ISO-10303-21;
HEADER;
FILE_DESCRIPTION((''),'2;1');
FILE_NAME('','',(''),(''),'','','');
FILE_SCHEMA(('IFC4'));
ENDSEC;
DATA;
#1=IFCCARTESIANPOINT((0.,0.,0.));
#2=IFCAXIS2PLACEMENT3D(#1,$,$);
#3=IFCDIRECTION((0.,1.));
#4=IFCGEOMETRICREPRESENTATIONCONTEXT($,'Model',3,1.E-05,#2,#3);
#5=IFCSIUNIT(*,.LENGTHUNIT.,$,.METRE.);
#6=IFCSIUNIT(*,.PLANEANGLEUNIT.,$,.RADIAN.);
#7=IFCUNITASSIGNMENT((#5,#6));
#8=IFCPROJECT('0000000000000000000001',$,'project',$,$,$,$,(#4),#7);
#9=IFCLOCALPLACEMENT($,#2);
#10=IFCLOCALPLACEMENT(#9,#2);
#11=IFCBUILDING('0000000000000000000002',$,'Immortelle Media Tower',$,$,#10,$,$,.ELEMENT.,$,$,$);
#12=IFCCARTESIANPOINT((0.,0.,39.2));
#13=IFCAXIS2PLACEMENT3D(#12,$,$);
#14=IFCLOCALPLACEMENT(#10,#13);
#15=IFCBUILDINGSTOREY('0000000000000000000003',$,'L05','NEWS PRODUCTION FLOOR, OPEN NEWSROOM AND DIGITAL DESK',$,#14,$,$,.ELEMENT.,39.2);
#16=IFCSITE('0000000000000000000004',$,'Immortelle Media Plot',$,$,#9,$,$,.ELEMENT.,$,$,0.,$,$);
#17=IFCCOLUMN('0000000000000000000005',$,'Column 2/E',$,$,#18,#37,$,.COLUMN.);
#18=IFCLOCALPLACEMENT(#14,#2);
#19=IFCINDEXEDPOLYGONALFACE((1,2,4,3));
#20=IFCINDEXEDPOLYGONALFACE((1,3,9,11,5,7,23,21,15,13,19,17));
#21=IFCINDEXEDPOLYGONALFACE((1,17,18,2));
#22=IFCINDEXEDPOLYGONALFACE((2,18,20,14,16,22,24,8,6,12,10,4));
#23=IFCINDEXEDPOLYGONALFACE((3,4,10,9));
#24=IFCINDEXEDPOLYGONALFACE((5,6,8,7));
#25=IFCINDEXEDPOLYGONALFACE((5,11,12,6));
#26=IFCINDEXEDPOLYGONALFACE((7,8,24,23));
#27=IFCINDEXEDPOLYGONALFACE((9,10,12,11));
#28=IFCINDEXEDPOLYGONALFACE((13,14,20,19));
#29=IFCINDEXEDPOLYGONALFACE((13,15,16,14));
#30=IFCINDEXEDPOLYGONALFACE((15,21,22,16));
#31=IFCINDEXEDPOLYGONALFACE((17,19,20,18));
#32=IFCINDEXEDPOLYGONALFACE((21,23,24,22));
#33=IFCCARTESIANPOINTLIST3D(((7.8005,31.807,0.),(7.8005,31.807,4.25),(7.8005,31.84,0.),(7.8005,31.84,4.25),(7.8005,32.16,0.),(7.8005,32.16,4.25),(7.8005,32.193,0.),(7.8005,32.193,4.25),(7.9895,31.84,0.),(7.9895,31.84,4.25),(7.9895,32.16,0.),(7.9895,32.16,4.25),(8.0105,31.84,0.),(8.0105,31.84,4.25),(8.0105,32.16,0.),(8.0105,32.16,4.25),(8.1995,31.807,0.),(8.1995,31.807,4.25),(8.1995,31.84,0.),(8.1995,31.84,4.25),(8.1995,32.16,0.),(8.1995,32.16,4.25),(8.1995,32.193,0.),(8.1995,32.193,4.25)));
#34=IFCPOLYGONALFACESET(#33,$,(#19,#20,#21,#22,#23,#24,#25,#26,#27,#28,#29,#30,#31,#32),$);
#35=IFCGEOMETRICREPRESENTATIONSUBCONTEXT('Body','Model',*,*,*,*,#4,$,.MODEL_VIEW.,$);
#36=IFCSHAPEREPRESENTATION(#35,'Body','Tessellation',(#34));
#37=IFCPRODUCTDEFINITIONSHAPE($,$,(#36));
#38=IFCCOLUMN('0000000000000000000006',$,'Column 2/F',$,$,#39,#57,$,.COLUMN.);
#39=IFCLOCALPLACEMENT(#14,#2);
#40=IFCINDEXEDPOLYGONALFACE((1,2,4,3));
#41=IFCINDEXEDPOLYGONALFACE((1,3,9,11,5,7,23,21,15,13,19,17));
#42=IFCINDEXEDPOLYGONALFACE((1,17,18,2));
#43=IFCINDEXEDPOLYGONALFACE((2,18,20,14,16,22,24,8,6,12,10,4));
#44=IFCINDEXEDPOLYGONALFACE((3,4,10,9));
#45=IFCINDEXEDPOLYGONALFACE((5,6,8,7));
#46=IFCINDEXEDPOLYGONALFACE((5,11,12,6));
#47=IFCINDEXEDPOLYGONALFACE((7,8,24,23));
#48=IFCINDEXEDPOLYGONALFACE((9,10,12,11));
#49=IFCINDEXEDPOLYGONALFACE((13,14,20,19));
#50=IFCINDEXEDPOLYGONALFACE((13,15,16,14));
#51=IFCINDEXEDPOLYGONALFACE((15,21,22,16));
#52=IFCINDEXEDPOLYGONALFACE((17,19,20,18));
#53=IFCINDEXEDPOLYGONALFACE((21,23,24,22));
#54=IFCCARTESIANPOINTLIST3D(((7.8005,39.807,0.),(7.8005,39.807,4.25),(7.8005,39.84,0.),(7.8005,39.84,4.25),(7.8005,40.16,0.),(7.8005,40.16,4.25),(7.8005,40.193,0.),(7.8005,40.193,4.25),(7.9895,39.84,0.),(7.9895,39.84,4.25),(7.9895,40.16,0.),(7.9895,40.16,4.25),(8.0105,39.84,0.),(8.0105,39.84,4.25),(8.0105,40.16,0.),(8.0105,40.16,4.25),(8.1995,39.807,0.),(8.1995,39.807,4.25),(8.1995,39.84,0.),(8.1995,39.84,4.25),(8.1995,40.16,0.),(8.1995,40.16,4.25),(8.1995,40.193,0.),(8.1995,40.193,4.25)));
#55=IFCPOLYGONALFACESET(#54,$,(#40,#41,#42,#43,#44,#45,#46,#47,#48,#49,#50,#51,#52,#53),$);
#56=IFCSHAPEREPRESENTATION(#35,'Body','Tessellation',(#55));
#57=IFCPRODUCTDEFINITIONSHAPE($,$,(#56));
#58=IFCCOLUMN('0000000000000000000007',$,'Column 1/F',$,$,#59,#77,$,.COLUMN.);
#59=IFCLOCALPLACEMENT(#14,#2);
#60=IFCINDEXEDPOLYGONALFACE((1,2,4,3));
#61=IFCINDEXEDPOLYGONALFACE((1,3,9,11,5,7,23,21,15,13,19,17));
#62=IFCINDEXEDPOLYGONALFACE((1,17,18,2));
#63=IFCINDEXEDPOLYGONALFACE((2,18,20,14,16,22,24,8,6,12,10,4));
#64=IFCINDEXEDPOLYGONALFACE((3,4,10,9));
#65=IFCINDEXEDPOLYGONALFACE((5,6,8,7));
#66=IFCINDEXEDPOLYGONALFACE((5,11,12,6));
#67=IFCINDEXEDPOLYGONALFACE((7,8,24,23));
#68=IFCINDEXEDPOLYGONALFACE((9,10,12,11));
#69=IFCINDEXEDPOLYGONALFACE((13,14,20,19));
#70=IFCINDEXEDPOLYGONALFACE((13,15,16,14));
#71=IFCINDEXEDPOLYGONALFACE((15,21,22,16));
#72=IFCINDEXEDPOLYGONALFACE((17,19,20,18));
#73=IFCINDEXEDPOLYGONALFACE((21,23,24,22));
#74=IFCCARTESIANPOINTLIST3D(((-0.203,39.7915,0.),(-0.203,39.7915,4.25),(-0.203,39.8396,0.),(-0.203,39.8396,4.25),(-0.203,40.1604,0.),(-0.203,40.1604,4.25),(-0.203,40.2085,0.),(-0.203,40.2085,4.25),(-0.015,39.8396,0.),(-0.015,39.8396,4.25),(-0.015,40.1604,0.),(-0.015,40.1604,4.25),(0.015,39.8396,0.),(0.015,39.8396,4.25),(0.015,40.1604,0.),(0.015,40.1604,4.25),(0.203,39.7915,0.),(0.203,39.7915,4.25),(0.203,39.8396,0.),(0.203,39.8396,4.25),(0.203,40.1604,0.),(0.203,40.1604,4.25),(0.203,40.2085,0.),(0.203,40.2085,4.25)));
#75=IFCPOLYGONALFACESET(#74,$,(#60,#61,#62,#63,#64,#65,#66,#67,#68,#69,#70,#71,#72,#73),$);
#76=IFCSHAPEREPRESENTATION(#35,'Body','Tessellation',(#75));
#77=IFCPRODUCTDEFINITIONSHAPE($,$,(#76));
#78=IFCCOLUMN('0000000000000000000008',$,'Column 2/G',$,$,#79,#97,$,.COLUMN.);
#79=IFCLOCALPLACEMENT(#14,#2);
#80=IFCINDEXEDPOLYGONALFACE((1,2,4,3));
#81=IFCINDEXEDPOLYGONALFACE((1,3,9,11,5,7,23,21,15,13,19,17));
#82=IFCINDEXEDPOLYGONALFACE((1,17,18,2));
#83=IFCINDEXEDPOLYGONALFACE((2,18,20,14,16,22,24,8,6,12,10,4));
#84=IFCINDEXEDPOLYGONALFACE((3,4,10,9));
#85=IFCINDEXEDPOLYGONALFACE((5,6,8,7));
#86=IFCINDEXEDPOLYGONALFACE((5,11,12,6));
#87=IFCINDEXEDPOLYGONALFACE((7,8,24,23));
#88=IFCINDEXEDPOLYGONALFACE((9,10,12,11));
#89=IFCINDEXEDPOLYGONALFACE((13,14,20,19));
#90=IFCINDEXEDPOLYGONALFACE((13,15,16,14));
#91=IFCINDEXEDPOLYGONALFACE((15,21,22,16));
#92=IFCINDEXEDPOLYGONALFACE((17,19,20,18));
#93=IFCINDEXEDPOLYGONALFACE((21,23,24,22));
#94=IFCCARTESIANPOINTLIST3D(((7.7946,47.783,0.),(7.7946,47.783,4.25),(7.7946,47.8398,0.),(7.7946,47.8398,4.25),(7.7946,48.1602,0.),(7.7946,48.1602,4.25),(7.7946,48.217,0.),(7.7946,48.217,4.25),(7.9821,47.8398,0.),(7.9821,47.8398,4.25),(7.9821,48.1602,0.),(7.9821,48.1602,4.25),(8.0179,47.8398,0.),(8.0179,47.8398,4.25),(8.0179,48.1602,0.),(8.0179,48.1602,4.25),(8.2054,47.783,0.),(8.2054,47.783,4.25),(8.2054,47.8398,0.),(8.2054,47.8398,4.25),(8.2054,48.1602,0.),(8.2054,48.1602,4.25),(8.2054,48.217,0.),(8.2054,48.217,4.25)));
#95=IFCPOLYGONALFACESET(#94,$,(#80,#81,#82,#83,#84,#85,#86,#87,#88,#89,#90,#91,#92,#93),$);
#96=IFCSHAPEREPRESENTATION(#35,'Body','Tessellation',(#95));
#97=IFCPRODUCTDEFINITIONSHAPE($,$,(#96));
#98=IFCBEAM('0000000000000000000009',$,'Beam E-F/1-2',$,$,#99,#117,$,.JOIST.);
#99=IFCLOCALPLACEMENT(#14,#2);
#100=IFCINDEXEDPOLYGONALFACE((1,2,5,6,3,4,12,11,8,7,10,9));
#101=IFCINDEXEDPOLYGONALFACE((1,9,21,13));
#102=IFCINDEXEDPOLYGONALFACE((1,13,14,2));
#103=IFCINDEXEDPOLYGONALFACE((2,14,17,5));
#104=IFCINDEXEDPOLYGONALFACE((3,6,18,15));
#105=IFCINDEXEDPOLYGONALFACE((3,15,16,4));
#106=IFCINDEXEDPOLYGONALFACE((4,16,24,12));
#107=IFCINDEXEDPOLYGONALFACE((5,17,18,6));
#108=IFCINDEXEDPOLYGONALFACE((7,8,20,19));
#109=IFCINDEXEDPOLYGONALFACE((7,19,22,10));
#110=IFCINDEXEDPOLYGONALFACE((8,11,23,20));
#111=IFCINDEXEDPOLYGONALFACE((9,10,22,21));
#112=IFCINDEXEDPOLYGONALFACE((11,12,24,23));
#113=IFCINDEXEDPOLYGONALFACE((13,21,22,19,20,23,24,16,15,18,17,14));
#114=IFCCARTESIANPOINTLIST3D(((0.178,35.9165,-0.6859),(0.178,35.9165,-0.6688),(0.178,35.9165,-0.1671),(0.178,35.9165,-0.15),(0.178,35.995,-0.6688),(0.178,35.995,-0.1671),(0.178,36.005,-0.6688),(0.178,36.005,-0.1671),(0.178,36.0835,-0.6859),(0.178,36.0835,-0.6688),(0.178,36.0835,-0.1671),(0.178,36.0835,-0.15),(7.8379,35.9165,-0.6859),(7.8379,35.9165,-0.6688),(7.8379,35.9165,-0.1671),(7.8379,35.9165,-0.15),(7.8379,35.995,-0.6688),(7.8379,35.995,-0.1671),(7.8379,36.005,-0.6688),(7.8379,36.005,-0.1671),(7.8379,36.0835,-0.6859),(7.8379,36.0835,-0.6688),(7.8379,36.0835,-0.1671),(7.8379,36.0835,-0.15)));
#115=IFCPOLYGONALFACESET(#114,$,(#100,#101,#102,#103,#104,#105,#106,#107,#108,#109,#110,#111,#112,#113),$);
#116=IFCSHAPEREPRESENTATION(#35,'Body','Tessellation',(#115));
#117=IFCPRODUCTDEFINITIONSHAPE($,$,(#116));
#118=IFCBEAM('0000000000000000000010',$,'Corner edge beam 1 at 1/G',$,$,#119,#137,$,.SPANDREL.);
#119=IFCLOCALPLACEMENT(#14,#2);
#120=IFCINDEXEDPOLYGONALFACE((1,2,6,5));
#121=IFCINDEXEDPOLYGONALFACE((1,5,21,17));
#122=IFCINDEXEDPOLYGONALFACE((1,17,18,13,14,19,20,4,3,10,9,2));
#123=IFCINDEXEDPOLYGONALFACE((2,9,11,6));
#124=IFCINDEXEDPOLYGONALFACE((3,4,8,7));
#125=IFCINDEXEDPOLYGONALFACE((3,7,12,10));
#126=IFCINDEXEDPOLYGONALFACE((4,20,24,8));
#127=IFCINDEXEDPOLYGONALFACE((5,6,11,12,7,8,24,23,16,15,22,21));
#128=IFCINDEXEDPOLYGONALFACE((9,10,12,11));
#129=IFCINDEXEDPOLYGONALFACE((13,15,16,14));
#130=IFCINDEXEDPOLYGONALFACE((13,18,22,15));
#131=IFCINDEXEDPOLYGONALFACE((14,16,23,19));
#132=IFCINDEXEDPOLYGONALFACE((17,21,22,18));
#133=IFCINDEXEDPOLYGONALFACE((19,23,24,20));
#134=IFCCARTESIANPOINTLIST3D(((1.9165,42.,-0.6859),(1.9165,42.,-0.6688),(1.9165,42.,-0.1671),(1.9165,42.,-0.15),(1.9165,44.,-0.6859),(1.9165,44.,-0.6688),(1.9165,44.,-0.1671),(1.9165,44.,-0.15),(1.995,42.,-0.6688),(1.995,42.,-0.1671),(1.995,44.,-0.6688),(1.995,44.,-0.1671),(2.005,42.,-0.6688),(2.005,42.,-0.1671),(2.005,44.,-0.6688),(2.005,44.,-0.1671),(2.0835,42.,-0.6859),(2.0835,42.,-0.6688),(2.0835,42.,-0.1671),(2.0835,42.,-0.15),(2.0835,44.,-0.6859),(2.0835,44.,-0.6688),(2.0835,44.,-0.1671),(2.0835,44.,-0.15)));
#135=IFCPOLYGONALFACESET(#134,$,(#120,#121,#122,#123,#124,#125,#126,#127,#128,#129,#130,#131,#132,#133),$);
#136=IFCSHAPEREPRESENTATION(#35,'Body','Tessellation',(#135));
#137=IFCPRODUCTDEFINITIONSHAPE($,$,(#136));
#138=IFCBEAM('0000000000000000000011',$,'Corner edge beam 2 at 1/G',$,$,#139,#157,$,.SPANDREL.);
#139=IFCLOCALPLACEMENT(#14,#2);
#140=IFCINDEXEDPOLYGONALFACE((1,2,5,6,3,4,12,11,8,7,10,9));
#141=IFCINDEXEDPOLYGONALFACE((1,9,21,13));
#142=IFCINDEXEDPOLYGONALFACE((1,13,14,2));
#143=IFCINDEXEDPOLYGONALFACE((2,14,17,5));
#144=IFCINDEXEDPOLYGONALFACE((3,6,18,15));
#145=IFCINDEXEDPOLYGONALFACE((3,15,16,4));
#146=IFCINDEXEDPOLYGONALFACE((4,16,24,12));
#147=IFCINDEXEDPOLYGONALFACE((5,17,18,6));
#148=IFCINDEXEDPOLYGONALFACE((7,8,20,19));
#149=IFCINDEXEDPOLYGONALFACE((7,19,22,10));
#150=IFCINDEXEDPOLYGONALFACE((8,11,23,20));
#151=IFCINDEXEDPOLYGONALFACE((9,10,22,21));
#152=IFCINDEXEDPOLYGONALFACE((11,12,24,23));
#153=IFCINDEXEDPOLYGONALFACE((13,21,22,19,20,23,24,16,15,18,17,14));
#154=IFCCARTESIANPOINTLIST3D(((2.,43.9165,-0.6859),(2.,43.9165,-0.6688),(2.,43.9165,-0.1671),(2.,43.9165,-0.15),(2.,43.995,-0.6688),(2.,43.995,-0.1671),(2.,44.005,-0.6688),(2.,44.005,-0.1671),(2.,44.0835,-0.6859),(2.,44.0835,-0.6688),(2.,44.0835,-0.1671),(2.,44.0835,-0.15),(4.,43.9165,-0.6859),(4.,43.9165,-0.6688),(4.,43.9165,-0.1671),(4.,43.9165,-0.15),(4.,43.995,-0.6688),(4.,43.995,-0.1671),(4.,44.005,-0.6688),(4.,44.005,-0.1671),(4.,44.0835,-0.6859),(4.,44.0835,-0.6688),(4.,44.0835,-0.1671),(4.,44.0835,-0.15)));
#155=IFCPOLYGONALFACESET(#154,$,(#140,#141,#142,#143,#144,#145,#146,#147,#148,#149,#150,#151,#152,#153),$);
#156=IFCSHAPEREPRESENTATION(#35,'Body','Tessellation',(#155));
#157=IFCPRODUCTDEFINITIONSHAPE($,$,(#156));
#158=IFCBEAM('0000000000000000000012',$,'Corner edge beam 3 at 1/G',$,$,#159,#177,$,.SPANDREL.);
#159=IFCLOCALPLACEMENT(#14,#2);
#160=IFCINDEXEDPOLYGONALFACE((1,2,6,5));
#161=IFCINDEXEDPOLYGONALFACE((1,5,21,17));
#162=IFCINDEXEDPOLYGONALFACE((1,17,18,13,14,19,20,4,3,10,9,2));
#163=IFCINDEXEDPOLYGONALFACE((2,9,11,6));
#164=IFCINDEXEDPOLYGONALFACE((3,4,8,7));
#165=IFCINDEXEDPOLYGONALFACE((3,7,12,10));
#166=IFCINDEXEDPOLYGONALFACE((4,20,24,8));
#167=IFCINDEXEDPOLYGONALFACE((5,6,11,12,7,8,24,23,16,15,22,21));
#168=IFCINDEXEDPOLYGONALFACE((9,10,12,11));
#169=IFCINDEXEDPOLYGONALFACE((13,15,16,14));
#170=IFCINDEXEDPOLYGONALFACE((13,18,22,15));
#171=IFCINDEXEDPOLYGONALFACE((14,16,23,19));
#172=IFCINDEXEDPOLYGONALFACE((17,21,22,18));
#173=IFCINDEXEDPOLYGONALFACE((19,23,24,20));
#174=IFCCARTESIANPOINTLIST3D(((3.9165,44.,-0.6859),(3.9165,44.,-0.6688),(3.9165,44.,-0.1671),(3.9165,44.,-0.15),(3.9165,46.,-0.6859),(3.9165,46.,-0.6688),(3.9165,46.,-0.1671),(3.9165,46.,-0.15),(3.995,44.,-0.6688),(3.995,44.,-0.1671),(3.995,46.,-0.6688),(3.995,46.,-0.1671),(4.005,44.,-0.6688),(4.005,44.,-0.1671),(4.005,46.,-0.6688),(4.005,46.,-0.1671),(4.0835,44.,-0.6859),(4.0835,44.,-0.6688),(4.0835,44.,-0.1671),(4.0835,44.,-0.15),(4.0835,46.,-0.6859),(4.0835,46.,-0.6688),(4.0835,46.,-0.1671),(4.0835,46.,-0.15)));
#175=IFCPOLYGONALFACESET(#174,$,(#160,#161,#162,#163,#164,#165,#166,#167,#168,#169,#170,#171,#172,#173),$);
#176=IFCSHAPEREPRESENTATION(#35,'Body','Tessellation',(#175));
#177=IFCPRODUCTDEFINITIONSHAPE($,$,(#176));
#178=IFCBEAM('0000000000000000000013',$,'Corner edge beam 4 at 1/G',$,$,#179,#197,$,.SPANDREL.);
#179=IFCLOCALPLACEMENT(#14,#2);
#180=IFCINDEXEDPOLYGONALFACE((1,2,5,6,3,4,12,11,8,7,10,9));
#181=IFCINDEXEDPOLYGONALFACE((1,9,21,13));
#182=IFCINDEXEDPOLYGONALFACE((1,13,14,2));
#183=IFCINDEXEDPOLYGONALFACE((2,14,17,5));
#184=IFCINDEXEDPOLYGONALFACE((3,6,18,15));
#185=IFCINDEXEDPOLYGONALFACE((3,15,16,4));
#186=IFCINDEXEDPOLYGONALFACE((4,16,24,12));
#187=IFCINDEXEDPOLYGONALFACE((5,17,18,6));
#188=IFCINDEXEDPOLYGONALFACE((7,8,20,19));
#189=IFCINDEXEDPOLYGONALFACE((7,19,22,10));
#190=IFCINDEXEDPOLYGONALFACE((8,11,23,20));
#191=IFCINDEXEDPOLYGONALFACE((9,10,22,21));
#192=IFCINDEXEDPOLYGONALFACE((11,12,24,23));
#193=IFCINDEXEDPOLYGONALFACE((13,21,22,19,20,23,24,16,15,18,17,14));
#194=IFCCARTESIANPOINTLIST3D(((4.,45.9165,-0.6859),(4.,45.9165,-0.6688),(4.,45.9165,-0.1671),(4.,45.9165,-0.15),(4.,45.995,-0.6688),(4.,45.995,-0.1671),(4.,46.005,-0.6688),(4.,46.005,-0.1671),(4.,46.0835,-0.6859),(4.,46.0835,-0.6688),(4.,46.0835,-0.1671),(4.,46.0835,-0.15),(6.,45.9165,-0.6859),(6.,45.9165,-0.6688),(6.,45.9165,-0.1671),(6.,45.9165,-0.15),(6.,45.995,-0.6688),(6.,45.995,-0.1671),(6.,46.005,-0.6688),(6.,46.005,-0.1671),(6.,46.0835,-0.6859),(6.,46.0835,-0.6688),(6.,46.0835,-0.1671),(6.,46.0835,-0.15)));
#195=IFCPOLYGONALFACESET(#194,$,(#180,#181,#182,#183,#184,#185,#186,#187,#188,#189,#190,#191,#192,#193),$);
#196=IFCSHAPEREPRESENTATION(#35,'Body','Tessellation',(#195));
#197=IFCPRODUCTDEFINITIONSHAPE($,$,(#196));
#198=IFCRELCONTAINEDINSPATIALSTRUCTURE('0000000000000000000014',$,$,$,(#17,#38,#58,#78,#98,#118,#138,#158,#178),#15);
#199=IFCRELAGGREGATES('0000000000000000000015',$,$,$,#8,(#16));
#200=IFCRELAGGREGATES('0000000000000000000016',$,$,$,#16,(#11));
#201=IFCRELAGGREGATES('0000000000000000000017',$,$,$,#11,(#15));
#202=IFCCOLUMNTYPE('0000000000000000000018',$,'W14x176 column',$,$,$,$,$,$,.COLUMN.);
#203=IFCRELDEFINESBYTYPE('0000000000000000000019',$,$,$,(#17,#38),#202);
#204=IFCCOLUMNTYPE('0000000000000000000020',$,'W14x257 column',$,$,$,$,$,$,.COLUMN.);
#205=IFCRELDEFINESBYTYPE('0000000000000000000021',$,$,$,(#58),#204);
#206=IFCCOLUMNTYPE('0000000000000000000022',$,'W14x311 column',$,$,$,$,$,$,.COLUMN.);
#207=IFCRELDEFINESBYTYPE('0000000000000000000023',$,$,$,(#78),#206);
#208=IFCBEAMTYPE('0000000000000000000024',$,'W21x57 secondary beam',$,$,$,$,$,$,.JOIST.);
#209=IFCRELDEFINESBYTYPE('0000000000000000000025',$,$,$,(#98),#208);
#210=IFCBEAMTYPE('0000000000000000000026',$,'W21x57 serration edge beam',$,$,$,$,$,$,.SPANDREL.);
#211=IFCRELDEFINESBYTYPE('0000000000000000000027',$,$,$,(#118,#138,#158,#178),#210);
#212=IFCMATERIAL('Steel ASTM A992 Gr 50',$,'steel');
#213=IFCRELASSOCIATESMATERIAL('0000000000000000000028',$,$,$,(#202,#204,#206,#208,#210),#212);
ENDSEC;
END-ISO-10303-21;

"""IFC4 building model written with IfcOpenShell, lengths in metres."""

from ifc_helpers import new_model, si_unit, direction, frame, origin, origin_2d, place, context, subcontext, project, spatial, i_section, extrude, material, material_profile, profile_set, type_object, element, save


model = new_model("IFC4")

# Units and contexts
model_context = context("Model", 3, precision=1e-05, world=origin(), true_north=direction((0.0, 1.0)))
body_context = subcontext(model_context, "Body", "Model", "MODEL_VIEW")
ifc_project = project(units=[si_unit("LENGTHUNIT", "METRE"), si_unit("PLANEANGLEUNIT", "RADIAN")], contexts=[model_context])

# Site, building, storey
site_placement = place(None, origin())
site = spatial("IfcSite", under=ifc_project, at=site_placement, Name="Immortelle Media Plot", CompositionType="ELEMENT", RefElevation=0.0)
building_placement = place(site_placement, origin())
building = spatial("IfcBuilding", under=site, at=building_placement, Name="Immortelle Media Tower", CompositionType="ELEMENT")
storey_placement = place(building_placement, frame((0.0, 0.0, 39.2)))
storey = spatial("IfcBuildingStorey", under=building, at=storey_placement, Name="L05", Description="NEWS PRODUCTION FLOOR, OPEN NEWSROOM AND DIGITAL DESK", CompositionType="ELEMENT", Elevation=39.2)

# Columns
ifc_material_1 = material(Name="Steel ASTM A992 Gr 50", Category="steel")
ifc_material_profile_1 = material_profile(ifc_material_1, i_section(OverallWidth=0.3989, OverallDepth=0.386, WebThickness=0.021, FlangeThickness=0.033, at=origin_2d()), Name="W14x176")
ifc_profile_set_1 = profile_set([ifc_material_profile_1], Name="Steel ASTM A992 Gr 50")
column_type_1 = type_object("IfcColumnType", Name="W14x176 column", PredefinedType="COLUMN", material=ifc_profile_set_1)
for number, where, z_axis, x_axis, name in (
    (1, (8.0, 32.0, 0.0), (0.0, 0.0, 1.0), (1.0, 0.0, 0.0), "Column 2/E"),
    (2, (8.0, 40.0, 0.0), (0.0, 0.0, 1.0), (1.0, 0.0, 0.0), "Column 2/F"),
):
    element("IfcColumn", number, at=place(storey_placement, frame(where, z_axis=z_axis, x_axis=x_axis)), inside=storey, type_object=column_type_1, Name=name, PredefinedType="COLUMN", context=body_context, shape_type="SweptSolid", body=[
        extrude(i_section(OverallWidth=0.3989, OverallDepth=0.386, WebThickness=0.021, FlangeThickness=0.033, at=origin_2d()), origin(), (0.0, 0.0, 1.0), 4.25),
    ])
ifc_material_profile_2 = material_profile(ifc_material_1, i_section(OverallWidth=0.406, OverallDepth=0.417, WebThickness=0.03, FlangeThickness=0.0481, at=origin_2d()), Name="W14x257")
ifc_profile_set_2 = profile_set([ifc_material_profile_2], Name="Steel ASTM A992 Gr 50")
column_type_2 = type_object("IfcColumnType", Name="W14x257 column", PredefinedType="COLUMN", material=ifc_profile_set_2)
column_1_placement = place(storey_placement, frame((0.0, 40.0, 0.0), z_axis=(0.0, 0.0, 1.0), x_axis=(1.0, 0.0, 0.0)))
element("IfcColumn", 3, at=column_1_placement, inside=storey, type_object=column_type_2, Name="Column 1/F", PredefinedType="COLUMN", context=body_context, shape_type="SweptSolid", body=[
    extrude(i_section(OverallWidth=0.406, OverallDepth=0.417, WebThickness=0.03, FlangeThickness=0.0481, at=origin_2d()), origin(), (0.0, 0.0, 1.0), 4.25),
])
ifc_material_profile_3 = material_profile(ifc_material_1, i_section(OverallWidth=0.4109, OverallDepth=0.4341, WebThickness=0.0359, FlangeThickness=0.0569, at=origin_2d()), Name="W14x311")
ifc_profile_set_3 = profile_set([ifc_material_profile_3], Name="Steel ASTM A992 Gr 50")
column_type_3 = type_object("IfcColumnType", Name="W14x311 column", PredefinedType="COLUMN", material=ifc_profile_set_3)
column_2_placement = place(storey_placement, frame((8.0, 48.0, 0.0), z_axis=(0.0, 0.0, 1.0), x_axis=(1.0, 0.0, 0.0)))
element("IfcColumn", 4, at=column_2_placement, inside=storey, type_object=column_type_3, Name="Column 2/G", PredefinedType="COLUMN", context=body_context, shape_type="SweptSolid", body=[
    extrude(i_section(OverallWidth=0.4109, OverallDepth=0.4341, WebThickness=0.0359, FlangeThickness=0.0569, at=origin_2d()), origin(), (0.0, 0.0, 1.0), 4.25),
])

# Beams
ifc_material_profile_4 = material_profile(ifc_material_1, i_section(OverallWidth=0.167, OverallDepth=0.5359, WebThickness=0.01, FlangeThickness=0.0171, at=origin_2d()), Name="W21x57")
ifc_profile_set_4 = profile_set([ifc_material_profile_4], Name="Steel ASTM A992 Gr 50")
beam_type_1 = type_object("IfcBeamType", Name="W21x57 secondary beam", PredefinedType="JOIST", material=ifc_profile_set_4)
beam_1_placement = place(storey_placement, frame((0.178, 36.0, -0.418), z_axis=(1.0, 0.0, 0.0), x_axis=(0.0, 1.0, 0.0)))
element("IfcBeam", 5, at=beam_1_placement, inside=storey, type_object=beam_type_1, Name="Beam E-F/1-2", PredefinedType="JOIST", context=body_context, shape_type="SweptSolid", body=[
    extrude(i_section(OverallWidth=0.167, OverallDepth=0.5359, WebThickness=0.01, FlangeThickness=0.0171, at=origin_2d()), origin(), (0.0, 0.0, 1.0), 7.6599),
])
ifc_material_profile_5 = material_profile(ifc_material_1, i_section(OverallWidth=0.167, OverallDepth=0.5359, WebThickness=0.01, FlangeThickness=0.0171, at=origin_2d()), Name="W21x57")
ifc_profile_set_5 = profile_set([ifc_material_profile_5], Name="Steel ASTM A992 Gr 50")
beam_type_2 = type_object("IfcBeamType", Name="W21x57 serration edge beam", PredefinedType="SPANDREL", material=ifc_profile_set_5)
for number, where, z_axis, x_axis, name in (
    (6, (2.0, 42.0, -0.418), (0.0, 1.0, 0.0), (-1.0, 0.0, 0.0), "Corner edge beam 1 at 1/G"),
    (7, (2.0, 44.0, -0.418), (1.0, 0.0, 0.0), (0.0, 1.0, 0.0), "Corner edge beam 2 at 1/G"),
    (8, (4.0, 44.0, -0.418), (0.0, 1.0, 0.0), (-1.0, 0.0, 0.0), "Corner edge beam 3 at 1/G"),
    (9, (4.0, 46.0, -0.418), (1.0, 0.0, 0.0), (0.0, 1.0, 0.0), "Corner edge beam 4 at 1/G"),
):
    element("IfcBeam", number, at=place(storey_placement, frame(where, z_axis=z_axis, x_axis=x_axis)), inside=storey, type_object=beam_type_2, Name=name, PredefinedType="SPANDREL", context=body_context, shape_type="SweptSolid", body=[
        extrude(i_section(OverallWidth=0.167, OverallDepth=0.5359, WebThickness=0.01, FlangeThickness=0.0171, at=origin_2d()), origin(), (0.0, 0.0, 1.0), 2.0),
    ])

save(model, "model.ifc")
